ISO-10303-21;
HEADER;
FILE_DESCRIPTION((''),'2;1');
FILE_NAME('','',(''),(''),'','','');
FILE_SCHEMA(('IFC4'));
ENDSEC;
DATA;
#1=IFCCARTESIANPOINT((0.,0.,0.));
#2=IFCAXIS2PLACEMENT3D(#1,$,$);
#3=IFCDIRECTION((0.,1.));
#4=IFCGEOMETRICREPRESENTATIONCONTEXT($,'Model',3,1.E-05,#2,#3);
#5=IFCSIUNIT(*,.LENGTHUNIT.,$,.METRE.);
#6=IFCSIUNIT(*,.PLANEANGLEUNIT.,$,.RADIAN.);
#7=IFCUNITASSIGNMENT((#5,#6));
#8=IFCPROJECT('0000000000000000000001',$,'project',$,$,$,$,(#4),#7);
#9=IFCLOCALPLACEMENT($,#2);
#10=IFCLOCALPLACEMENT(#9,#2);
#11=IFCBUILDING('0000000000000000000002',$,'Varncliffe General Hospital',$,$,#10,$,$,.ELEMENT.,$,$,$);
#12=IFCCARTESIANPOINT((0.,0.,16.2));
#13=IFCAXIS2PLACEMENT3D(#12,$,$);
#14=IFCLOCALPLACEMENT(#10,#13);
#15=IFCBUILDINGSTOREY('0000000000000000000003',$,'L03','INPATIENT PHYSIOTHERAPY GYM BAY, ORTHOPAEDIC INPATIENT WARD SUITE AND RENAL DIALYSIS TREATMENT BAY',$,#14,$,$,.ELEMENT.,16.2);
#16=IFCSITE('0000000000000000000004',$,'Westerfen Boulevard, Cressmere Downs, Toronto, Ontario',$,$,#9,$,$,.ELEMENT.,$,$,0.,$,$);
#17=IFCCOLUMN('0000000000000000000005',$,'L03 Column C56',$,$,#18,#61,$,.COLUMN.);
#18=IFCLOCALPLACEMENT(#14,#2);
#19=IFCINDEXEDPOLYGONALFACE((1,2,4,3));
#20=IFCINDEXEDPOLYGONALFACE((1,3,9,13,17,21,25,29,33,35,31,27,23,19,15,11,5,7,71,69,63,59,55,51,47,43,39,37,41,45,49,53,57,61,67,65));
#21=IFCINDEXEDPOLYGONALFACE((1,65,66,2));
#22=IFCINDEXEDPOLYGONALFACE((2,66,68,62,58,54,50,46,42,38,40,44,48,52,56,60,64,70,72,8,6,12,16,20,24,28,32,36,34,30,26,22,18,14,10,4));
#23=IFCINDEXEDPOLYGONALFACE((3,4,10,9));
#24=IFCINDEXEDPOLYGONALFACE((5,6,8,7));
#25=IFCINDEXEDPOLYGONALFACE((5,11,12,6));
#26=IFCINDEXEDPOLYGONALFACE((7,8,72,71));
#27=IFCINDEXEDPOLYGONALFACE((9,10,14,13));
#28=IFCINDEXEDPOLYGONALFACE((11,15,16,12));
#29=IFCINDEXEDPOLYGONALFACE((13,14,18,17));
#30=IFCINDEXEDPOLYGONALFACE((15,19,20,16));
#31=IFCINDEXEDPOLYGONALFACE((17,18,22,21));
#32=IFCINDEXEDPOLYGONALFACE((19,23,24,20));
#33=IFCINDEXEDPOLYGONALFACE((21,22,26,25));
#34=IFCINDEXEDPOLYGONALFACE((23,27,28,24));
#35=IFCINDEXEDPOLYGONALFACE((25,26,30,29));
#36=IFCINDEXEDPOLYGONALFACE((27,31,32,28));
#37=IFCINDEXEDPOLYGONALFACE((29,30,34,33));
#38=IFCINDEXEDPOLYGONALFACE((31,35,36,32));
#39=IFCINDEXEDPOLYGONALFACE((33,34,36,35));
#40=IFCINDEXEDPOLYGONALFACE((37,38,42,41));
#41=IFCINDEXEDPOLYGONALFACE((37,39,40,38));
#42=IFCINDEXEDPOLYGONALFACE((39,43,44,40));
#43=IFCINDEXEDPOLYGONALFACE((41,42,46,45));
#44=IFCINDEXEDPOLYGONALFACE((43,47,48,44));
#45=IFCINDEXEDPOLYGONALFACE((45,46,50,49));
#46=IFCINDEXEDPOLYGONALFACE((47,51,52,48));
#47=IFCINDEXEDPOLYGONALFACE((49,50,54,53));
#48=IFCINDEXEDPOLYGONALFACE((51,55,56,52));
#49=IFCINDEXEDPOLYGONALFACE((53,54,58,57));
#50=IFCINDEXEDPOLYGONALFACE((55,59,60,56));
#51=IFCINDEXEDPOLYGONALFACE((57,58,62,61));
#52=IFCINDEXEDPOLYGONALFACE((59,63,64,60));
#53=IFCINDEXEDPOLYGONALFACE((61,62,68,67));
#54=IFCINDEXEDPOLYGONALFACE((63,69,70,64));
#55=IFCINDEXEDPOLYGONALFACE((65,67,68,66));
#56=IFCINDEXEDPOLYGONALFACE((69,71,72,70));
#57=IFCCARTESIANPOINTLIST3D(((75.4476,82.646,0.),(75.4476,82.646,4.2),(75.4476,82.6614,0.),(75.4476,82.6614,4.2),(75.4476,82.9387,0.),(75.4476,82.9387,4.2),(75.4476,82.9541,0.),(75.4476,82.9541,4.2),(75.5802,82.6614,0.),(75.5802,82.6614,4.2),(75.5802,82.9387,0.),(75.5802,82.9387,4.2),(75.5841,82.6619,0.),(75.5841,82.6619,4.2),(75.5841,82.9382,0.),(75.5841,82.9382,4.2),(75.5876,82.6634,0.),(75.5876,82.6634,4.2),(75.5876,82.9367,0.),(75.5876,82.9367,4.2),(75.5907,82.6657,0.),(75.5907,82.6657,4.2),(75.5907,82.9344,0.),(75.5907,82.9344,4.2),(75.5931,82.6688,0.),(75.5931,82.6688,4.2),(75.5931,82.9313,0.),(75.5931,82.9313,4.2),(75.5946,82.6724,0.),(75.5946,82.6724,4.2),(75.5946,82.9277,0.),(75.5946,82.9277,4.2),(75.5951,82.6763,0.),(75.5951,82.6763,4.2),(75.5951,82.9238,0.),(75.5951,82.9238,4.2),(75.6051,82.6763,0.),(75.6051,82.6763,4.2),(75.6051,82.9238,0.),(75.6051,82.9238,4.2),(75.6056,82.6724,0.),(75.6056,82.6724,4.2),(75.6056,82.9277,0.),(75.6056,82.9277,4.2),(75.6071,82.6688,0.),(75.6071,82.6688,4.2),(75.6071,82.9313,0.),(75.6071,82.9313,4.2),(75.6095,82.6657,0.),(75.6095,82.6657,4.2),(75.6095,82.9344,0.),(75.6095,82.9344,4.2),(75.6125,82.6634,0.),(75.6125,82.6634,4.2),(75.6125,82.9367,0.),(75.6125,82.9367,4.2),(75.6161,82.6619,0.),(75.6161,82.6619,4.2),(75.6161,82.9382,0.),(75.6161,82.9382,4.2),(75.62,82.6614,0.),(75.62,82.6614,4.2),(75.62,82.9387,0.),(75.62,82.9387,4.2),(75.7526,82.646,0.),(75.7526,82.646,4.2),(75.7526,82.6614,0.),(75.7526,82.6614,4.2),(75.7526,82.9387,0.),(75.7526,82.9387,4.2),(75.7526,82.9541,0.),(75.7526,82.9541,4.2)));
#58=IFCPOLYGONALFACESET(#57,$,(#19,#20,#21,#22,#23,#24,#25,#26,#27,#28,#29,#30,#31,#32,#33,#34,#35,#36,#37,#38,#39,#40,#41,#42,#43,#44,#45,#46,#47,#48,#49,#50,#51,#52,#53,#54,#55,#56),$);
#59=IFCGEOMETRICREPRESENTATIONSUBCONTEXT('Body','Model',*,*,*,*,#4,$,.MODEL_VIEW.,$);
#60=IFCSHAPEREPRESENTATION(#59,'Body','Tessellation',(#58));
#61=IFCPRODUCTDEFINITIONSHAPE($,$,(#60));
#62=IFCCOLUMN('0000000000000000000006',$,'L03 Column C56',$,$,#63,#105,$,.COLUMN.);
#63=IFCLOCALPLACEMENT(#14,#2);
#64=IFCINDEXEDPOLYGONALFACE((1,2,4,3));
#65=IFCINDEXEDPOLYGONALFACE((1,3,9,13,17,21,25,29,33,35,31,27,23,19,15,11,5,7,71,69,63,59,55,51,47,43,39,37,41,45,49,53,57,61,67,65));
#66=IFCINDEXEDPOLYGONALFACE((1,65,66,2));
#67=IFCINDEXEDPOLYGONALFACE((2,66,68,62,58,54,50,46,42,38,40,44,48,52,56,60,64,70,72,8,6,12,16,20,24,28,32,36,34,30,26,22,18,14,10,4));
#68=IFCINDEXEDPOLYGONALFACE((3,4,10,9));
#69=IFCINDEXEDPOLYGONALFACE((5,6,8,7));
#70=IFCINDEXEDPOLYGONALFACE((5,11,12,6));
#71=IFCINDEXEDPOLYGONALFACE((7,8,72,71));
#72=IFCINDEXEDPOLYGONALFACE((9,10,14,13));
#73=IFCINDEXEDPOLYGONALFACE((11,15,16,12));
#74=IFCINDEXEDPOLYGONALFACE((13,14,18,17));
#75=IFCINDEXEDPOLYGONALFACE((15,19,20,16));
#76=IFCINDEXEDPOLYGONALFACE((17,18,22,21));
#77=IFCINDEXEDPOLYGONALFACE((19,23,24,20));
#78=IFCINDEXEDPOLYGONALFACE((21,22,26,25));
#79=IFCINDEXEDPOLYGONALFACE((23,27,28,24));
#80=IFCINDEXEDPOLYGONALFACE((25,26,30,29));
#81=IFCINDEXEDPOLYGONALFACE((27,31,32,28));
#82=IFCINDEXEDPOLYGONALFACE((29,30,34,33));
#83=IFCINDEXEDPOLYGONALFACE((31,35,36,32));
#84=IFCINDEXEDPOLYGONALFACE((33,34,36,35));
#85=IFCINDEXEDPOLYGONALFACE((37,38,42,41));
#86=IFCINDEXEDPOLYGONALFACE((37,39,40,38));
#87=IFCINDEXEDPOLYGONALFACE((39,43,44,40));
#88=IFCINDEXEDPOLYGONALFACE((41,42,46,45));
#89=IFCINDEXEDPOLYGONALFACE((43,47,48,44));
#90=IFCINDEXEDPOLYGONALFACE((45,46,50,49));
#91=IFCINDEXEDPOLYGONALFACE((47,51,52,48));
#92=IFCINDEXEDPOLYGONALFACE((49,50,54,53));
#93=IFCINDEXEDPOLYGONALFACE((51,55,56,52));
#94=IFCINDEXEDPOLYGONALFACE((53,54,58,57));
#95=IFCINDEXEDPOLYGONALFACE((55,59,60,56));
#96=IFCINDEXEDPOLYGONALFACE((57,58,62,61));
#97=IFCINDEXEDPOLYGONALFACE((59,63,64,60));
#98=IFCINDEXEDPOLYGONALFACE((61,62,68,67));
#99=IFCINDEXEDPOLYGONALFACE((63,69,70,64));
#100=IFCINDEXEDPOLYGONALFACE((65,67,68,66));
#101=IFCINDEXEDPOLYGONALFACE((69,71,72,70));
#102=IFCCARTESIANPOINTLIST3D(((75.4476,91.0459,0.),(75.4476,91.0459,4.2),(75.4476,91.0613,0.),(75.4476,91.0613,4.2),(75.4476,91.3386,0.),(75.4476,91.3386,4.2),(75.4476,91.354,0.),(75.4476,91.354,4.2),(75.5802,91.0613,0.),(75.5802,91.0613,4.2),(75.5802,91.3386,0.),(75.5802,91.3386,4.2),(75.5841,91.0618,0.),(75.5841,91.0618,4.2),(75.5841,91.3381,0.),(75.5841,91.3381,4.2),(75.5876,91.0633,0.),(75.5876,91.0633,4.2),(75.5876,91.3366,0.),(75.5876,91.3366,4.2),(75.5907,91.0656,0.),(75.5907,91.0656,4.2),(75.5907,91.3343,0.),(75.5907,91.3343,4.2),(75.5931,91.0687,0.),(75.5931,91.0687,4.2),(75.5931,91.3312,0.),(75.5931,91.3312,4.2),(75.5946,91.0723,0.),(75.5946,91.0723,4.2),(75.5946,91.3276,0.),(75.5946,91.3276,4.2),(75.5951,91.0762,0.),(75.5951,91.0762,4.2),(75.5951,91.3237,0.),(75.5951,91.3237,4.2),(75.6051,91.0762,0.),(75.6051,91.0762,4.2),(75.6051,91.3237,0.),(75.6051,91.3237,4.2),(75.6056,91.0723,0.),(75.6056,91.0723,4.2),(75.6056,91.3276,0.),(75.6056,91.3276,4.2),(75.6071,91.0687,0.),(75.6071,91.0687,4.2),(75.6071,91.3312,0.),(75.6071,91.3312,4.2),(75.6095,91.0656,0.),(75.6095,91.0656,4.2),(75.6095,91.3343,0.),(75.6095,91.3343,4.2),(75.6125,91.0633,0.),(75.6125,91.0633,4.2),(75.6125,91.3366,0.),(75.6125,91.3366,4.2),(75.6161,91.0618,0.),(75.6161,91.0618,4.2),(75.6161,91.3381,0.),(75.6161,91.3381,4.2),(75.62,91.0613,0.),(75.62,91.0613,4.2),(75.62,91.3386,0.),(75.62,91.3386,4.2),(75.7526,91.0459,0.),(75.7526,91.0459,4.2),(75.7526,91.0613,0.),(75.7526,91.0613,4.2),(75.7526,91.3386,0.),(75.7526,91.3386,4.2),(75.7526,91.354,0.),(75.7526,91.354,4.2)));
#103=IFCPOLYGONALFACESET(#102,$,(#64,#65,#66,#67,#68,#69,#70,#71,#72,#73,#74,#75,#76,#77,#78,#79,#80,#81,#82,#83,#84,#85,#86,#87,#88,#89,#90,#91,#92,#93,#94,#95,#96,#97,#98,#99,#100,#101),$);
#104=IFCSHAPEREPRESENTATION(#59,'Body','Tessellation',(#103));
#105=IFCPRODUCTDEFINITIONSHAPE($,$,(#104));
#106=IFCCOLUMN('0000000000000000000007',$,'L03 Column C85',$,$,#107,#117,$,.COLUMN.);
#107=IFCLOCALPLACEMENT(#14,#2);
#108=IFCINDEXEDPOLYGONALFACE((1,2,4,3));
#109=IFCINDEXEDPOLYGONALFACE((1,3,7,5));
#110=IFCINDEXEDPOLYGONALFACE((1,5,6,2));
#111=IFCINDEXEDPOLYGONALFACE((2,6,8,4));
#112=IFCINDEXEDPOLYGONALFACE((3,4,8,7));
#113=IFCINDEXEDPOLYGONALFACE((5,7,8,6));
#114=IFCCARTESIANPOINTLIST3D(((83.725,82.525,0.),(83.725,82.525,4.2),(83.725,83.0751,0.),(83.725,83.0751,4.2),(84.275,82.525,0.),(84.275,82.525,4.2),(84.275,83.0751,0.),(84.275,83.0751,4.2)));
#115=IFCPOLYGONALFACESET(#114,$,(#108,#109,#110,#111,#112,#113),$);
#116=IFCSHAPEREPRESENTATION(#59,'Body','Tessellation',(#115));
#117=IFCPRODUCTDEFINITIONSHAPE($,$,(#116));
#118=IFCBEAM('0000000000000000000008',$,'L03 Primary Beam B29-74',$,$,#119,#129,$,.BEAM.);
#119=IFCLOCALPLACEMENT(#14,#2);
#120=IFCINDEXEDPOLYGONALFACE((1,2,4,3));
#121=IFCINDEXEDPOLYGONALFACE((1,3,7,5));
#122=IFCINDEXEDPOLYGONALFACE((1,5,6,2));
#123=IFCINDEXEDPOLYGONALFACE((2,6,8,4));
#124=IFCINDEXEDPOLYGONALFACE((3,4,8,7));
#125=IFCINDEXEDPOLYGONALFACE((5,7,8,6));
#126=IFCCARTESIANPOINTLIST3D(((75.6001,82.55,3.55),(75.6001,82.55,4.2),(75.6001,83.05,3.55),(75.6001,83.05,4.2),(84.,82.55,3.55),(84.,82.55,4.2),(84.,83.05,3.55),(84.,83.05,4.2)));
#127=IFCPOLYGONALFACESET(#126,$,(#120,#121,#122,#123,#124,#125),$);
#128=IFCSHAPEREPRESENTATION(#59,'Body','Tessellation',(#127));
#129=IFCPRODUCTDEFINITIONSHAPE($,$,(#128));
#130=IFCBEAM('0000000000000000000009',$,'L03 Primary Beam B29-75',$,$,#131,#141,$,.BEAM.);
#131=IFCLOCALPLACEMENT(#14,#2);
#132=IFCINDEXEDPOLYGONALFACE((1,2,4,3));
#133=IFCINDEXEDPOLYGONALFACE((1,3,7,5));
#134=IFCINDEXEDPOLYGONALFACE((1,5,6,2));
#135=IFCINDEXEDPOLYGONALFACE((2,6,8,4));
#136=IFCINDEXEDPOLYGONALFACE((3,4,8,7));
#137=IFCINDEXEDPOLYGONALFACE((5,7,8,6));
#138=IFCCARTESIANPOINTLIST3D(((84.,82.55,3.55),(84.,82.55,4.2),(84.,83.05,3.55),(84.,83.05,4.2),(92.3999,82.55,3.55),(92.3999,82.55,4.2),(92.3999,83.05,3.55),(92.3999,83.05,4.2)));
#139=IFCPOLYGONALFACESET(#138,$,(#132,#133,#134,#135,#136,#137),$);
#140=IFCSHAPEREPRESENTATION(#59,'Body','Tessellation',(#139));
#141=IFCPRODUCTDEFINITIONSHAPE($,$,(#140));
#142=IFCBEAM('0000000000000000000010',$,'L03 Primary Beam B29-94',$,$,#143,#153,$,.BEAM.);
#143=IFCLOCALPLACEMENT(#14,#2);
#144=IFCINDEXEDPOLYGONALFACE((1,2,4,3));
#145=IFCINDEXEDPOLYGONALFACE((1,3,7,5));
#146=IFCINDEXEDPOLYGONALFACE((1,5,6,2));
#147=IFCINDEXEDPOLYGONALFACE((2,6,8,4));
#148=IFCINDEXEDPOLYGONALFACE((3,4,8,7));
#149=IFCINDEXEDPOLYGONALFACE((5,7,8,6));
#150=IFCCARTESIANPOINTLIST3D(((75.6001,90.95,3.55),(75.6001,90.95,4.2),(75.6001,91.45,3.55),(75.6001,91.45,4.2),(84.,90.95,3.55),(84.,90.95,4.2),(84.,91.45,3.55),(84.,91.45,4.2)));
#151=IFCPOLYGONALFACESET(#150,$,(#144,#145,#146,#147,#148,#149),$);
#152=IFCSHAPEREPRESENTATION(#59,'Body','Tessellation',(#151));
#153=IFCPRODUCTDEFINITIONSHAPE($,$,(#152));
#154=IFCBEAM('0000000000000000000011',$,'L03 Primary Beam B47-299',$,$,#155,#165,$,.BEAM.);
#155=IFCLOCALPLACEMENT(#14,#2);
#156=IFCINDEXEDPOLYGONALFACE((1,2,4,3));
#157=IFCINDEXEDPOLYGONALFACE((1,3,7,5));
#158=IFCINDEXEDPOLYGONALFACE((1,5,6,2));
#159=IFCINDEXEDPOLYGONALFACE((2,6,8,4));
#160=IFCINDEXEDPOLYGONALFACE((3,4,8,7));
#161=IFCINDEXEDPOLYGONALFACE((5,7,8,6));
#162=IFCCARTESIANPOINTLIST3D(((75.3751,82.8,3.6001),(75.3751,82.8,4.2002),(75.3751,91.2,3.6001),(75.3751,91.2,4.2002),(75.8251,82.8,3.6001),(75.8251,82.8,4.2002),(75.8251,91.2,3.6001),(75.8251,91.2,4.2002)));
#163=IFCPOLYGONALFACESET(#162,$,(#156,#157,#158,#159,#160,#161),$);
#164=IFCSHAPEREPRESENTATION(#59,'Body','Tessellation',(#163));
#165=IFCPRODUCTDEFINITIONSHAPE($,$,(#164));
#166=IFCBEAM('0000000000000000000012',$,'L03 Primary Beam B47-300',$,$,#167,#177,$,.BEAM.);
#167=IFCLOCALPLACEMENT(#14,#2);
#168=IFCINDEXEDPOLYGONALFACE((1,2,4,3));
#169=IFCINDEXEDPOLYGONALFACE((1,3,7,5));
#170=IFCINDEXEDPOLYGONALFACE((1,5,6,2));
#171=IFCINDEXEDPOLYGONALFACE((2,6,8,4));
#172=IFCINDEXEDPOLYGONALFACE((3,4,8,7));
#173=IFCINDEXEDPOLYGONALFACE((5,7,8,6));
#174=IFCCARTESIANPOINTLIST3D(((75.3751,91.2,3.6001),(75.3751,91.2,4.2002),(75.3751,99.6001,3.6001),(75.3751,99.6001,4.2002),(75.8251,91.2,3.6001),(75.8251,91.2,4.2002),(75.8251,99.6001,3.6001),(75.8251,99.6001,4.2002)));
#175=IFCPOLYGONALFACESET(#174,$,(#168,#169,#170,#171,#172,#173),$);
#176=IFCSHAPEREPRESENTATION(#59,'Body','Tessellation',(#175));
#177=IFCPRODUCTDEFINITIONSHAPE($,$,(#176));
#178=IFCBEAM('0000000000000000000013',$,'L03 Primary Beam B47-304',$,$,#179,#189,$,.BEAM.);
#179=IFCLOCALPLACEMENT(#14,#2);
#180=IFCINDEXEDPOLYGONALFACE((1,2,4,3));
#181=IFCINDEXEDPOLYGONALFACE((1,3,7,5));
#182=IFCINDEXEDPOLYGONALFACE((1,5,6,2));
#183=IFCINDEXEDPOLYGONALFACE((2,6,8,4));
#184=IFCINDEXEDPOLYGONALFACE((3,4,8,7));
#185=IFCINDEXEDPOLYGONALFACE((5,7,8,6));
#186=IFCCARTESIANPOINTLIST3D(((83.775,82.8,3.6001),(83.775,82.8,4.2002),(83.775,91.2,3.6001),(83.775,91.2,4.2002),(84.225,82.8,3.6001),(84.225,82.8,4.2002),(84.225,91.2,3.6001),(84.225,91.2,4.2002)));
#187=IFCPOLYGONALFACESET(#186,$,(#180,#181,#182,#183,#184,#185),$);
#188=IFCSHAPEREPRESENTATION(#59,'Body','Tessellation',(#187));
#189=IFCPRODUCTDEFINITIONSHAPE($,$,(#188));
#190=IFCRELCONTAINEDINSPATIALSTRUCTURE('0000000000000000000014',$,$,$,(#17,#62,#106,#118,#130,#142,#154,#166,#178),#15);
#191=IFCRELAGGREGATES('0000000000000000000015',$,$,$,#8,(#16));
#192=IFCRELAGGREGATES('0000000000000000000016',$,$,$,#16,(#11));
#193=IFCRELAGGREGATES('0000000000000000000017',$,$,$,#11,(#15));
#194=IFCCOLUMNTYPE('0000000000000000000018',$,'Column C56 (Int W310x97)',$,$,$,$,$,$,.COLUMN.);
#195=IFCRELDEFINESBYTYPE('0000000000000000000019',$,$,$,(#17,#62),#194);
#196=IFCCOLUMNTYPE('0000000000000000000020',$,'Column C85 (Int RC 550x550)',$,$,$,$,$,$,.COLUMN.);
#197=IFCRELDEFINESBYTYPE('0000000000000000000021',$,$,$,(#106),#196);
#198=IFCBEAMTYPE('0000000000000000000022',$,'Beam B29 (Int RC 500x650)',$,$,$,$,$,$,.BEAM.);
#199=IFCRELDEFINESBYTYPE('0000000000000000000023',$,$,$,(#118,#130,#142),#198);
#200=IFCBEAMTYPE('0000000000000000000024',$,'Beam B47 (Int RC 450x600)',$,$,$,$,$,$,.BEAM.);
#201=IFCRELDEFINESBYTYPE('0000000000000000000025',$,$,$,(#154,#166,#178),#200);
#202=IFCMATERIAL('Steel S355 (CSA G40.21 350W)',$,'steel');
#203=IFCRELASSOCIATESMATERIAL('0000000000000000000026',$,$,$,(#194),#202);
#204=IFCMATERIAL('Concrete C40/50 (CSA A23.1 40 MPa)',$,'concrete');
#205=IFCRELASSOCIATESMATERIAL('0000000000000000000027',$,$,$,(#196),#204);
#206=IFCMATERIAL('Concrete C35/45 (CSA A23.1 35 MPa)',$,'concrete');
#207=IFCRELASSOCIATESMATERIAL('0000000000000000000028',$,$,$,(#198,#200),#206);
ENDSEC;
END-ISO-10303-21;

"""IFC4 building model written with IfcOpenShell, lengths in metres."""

from ifc_helpers import new_model, si_unit, direction, frame, origin, origin_2d, place, context, subcontext, project, spatial, rectangle, i_section, extrude, material, material_profile, profile_set, type_object, element, save


model = new_model("IFC4")

# Units and contexts
model_context = context("Model", 3, precision=1e-05, world=origin(), true_north=direction((0.0, 1.0)))
body_context = subcontext(model_context, "Body", "Model", "MODEL_VIEW")
ifc_project = project(units=[si_unit("LENGTHUNIT", "METRE"), si_unit("PLANEANGLEUNIT", "RADIAN")], contexts=[model_context])

# Site, building, storey
site_placement = place(None, origin())
site = spatial("IfcSite", under=ifc_project, at=site_placement, Name="Westerfen Boulevard, Cressmere Downs, Toronto, Ontario", CompositionType="ELEMENT", RefElevation=0.0)
building_placement = place(site_placement, origin())
building = spatial("IfcBuilding", under=site, at=building_placement, Name="Varncliffe General Hospital", CompositionType="ELEMENT")
storey_placement = place(building_placement, frame((0.0, 0.0, 16.2)))
storey = spatial("IfcBuildingStorey", under=building, at=storey_placement, Name="L03", Description="INPATIENT PHYSIOTHERAPY GYM BAY, ORTHOPAEDIC INPATIENT WARD SUITE AND RENAL DIALYSIS TREATMENT BAY", CompositionType="ELEMENT", Elevation=16.2)

# Columns
ifc_material_1 = material(Name="Steel S355 (CSA G40.21 350W)", Category="steel")
ifc_material_profile_1 = material_profile(ifc_material_1, i_section(OverallWidth=0.3049, OverallDepth=0.3081, WebThickness=0.01, FlangeThickness=0.0154, FilletRadius=0.0149, at=origin_2d()), Name="W310x97")
ifc_profile_set_1 = profile_set([ifc_material_profile_1], Name="Steel S355 (CSA G40.21 350W)")
column_type_1 = type_object("IfcColumnType", Name="Column C56 (Int W310x97)", PredefinedType="COLUMN", material=ifc_profile_set_1)
for number, where, z_axis, x_axis, name in (
    (1, (75.6001, 82.8, 0.0), (0.0, 0.0, 1.0), (1.0, 0.0, 0.0), "L03 Column C56"),
    (2, (75.6001, 91.2, 0.0), (0.0, 0.0, 1.0), (1.0, 0.0, 0.0), "L03 Column C56"),
):
    element("IfcColumn", number, at=place(storey_placement, frame(where, z_axis=z_axis, x_axis=x_axis)), inside=storey, type_object=column_type_1, Name=name, PredefinedType="COLUMN", context=body_context, shape_type="SweptSolid", body=[
        extrude(i_section(OverallWidth=0.3049, OverallDepth=0.3081, WebThickness=0.01, FlangeThickness=0.0154, FilletRadius=0.0149, at=origin_2d()), origin(), (0.0, 0.0, 1.0), 4.2),
    ])
ifc_material_2 = material(Name="Concrete C40/50 (CSA A23.1 40 MPa)", Category="concrete")
ifc_material_profile_2 = material_profile(ifc_material_2, rectangle(XDim=0.55, YDim=0.55, at=origin_2d()), Name="RC 550x550")
ifc_profile_set_2 = profile_set([ifc_material_profile_2], Name="Concrete C40/50 (CSA A23.1 40 MPa)")
column_type_2 = type_object("IfcColumnType", Name="Column C85 (Int RC 550x550)", PredefinedType="COLUMN", material=ifc_profile_set_2)
column_placement = place(storey_placement, frame((84.0, 82.8, 0.0), z_axis=(0.0, 0.0, 1.0), x_axis=(1.0, 0.0, 0.0)))
element("IfcColumn", 3, at=column_placement, inside=storey, type_object=column_type_2, Name="L03 Column C85", PredefinedType="COLUMN", context=body_context, shape_type="SweptSolid", body=[
    extrude(rectangle(XDim=0.55, YDim=0.55, at=origin_2d()), origin(), (0.0, 0.0, 1.0), 4.2),
])

# Beams
ifc_material_3 = material(Name="Concrete C35/45 (CSA A23.1 35 MPa)", Category="concrete")
ifc_material_profile_3 = material_profile(ifc_material_3, rectangle(XDim=0.5, YDim=0.6499, at=origin_2d()), Name="RC 500x650")
ifc_profile_set_3 = profile_set([ifc_material_profile_3], Name="Concrete C35/45 (CSA A23.1 35 MPa)")
beam_type_1 = type_object("IfcBeamType", Name="Beam B29 (Int RC 500x650)", PredefinedType="BEAM", material=ifc_profile_set_3)
for number, where, z_axis, x_axis, name in (
    (4, (75.6001, 82.8, 3.875), (1.0, 0.0, 0.0), (0.0, 1.0, 0.0), "L03 Primary Beam B29-74"),
    (5, (84.0, 82.8, 3.875), (1.0, 0.0, 0.0), (0.0, 1.0, 0.0), "L03 Primary Beam B29-75"),
    (6, (75.6001, 91.2, 3.875), (1.0, 0.0, 0.0), (0.0, 1.0, 0.0), "L03 Primary Beam B29-94"),
):
    element("IfcBeam", number, at=place(storey_placement, frame(where, z_axis=z_axis, x_axis=x_axis)), inside=storey, type_object=beam_type_1, Name=name, PredefinedType="BEAM", context=body_context, shape_type="SweptSolid", body=[
        extrude(rectangle(XDim=0.5, YDim=0.6499, at=origin_2d()), origin(), (0.0, 0.0, 1.0), 8.3999),
    ])
ifc_material_profile_4 = material_profile(ifc_material_3, rectangle(XDim=0.45, YDim=0.6001, at=origin_2d()), Name="RC 450x600")
ifc_profile_set_4 = profile_set([ifc_material_profile_4], Name="Concrete C35/45 (CSA A23.1 35 MPa)")
beam_type_2 = type_object("IfcBeamType", Name="Beam B47 (Int RC 450x600)", PredefinedType="BEAM", material=ifc_profile_set_4)
beam_1_placement = place(storey_placement, frame((75.6001, 82.8, 3.9001), z_axis=(0.0, 1.0, 0.0), x_axis=(-1.0, 0.0, 0.0)))
element("IfcBeam", 7, at=beam_1_placement, inside=storey, type_object=beam_type_2, Name="L03 Primary Beam B47-299", PredefinedType="BEAM", context=body_context, shape_type="SweptSolid", body=[
    extrude(rectangle(XDim=0.45, YDim=0.6001, at=origin_2d()), origin(), (0.0, 0.0, 1.0), 8.3999),
])
beam_2_placement = place(storey_placement, frame((75.6001, 91.2, 3.9001), z_axis=(0.0, 1.0, 0.0), x_axis=(-1.0, 0.0, 0.0)))
element("IfcBeam", 8, at=beam_2_placement, inside=storey, type_object=beam_type_2, Name="L03 Primary Beam B47-300", PredefinedType="BEAM", context=body_context, shape_type="SweptSolid", body=[
    extrude(rectangle(XDim=0.45, YDim=0.6001, at=origin_2d()), origin(), (0.0, 0.0, 1.0), 8.4001),
])
beam_3_placement = place(storey_placement, frame((84.0, 82.8, 3.9001), z_axis=(0.0, 1.0, 0.0), x_axis=(-1.0, 0.0, 0.0)))
element("IfcBeam", 9, at=beam_3_placement, inside=storey, type_object=beam_type_2, Name="L03 Primary Beam B47-304", PredefinedType="BEAM", context=body_context, shape_type="SweptSolid", body=[
    extrude(rectangle(XDim=0.45, YDim=0.6001, at=origin_2d()), origin(), (0.0, 0.0, 1.0), 8.3999),
])

save(model, "model.ifc")
